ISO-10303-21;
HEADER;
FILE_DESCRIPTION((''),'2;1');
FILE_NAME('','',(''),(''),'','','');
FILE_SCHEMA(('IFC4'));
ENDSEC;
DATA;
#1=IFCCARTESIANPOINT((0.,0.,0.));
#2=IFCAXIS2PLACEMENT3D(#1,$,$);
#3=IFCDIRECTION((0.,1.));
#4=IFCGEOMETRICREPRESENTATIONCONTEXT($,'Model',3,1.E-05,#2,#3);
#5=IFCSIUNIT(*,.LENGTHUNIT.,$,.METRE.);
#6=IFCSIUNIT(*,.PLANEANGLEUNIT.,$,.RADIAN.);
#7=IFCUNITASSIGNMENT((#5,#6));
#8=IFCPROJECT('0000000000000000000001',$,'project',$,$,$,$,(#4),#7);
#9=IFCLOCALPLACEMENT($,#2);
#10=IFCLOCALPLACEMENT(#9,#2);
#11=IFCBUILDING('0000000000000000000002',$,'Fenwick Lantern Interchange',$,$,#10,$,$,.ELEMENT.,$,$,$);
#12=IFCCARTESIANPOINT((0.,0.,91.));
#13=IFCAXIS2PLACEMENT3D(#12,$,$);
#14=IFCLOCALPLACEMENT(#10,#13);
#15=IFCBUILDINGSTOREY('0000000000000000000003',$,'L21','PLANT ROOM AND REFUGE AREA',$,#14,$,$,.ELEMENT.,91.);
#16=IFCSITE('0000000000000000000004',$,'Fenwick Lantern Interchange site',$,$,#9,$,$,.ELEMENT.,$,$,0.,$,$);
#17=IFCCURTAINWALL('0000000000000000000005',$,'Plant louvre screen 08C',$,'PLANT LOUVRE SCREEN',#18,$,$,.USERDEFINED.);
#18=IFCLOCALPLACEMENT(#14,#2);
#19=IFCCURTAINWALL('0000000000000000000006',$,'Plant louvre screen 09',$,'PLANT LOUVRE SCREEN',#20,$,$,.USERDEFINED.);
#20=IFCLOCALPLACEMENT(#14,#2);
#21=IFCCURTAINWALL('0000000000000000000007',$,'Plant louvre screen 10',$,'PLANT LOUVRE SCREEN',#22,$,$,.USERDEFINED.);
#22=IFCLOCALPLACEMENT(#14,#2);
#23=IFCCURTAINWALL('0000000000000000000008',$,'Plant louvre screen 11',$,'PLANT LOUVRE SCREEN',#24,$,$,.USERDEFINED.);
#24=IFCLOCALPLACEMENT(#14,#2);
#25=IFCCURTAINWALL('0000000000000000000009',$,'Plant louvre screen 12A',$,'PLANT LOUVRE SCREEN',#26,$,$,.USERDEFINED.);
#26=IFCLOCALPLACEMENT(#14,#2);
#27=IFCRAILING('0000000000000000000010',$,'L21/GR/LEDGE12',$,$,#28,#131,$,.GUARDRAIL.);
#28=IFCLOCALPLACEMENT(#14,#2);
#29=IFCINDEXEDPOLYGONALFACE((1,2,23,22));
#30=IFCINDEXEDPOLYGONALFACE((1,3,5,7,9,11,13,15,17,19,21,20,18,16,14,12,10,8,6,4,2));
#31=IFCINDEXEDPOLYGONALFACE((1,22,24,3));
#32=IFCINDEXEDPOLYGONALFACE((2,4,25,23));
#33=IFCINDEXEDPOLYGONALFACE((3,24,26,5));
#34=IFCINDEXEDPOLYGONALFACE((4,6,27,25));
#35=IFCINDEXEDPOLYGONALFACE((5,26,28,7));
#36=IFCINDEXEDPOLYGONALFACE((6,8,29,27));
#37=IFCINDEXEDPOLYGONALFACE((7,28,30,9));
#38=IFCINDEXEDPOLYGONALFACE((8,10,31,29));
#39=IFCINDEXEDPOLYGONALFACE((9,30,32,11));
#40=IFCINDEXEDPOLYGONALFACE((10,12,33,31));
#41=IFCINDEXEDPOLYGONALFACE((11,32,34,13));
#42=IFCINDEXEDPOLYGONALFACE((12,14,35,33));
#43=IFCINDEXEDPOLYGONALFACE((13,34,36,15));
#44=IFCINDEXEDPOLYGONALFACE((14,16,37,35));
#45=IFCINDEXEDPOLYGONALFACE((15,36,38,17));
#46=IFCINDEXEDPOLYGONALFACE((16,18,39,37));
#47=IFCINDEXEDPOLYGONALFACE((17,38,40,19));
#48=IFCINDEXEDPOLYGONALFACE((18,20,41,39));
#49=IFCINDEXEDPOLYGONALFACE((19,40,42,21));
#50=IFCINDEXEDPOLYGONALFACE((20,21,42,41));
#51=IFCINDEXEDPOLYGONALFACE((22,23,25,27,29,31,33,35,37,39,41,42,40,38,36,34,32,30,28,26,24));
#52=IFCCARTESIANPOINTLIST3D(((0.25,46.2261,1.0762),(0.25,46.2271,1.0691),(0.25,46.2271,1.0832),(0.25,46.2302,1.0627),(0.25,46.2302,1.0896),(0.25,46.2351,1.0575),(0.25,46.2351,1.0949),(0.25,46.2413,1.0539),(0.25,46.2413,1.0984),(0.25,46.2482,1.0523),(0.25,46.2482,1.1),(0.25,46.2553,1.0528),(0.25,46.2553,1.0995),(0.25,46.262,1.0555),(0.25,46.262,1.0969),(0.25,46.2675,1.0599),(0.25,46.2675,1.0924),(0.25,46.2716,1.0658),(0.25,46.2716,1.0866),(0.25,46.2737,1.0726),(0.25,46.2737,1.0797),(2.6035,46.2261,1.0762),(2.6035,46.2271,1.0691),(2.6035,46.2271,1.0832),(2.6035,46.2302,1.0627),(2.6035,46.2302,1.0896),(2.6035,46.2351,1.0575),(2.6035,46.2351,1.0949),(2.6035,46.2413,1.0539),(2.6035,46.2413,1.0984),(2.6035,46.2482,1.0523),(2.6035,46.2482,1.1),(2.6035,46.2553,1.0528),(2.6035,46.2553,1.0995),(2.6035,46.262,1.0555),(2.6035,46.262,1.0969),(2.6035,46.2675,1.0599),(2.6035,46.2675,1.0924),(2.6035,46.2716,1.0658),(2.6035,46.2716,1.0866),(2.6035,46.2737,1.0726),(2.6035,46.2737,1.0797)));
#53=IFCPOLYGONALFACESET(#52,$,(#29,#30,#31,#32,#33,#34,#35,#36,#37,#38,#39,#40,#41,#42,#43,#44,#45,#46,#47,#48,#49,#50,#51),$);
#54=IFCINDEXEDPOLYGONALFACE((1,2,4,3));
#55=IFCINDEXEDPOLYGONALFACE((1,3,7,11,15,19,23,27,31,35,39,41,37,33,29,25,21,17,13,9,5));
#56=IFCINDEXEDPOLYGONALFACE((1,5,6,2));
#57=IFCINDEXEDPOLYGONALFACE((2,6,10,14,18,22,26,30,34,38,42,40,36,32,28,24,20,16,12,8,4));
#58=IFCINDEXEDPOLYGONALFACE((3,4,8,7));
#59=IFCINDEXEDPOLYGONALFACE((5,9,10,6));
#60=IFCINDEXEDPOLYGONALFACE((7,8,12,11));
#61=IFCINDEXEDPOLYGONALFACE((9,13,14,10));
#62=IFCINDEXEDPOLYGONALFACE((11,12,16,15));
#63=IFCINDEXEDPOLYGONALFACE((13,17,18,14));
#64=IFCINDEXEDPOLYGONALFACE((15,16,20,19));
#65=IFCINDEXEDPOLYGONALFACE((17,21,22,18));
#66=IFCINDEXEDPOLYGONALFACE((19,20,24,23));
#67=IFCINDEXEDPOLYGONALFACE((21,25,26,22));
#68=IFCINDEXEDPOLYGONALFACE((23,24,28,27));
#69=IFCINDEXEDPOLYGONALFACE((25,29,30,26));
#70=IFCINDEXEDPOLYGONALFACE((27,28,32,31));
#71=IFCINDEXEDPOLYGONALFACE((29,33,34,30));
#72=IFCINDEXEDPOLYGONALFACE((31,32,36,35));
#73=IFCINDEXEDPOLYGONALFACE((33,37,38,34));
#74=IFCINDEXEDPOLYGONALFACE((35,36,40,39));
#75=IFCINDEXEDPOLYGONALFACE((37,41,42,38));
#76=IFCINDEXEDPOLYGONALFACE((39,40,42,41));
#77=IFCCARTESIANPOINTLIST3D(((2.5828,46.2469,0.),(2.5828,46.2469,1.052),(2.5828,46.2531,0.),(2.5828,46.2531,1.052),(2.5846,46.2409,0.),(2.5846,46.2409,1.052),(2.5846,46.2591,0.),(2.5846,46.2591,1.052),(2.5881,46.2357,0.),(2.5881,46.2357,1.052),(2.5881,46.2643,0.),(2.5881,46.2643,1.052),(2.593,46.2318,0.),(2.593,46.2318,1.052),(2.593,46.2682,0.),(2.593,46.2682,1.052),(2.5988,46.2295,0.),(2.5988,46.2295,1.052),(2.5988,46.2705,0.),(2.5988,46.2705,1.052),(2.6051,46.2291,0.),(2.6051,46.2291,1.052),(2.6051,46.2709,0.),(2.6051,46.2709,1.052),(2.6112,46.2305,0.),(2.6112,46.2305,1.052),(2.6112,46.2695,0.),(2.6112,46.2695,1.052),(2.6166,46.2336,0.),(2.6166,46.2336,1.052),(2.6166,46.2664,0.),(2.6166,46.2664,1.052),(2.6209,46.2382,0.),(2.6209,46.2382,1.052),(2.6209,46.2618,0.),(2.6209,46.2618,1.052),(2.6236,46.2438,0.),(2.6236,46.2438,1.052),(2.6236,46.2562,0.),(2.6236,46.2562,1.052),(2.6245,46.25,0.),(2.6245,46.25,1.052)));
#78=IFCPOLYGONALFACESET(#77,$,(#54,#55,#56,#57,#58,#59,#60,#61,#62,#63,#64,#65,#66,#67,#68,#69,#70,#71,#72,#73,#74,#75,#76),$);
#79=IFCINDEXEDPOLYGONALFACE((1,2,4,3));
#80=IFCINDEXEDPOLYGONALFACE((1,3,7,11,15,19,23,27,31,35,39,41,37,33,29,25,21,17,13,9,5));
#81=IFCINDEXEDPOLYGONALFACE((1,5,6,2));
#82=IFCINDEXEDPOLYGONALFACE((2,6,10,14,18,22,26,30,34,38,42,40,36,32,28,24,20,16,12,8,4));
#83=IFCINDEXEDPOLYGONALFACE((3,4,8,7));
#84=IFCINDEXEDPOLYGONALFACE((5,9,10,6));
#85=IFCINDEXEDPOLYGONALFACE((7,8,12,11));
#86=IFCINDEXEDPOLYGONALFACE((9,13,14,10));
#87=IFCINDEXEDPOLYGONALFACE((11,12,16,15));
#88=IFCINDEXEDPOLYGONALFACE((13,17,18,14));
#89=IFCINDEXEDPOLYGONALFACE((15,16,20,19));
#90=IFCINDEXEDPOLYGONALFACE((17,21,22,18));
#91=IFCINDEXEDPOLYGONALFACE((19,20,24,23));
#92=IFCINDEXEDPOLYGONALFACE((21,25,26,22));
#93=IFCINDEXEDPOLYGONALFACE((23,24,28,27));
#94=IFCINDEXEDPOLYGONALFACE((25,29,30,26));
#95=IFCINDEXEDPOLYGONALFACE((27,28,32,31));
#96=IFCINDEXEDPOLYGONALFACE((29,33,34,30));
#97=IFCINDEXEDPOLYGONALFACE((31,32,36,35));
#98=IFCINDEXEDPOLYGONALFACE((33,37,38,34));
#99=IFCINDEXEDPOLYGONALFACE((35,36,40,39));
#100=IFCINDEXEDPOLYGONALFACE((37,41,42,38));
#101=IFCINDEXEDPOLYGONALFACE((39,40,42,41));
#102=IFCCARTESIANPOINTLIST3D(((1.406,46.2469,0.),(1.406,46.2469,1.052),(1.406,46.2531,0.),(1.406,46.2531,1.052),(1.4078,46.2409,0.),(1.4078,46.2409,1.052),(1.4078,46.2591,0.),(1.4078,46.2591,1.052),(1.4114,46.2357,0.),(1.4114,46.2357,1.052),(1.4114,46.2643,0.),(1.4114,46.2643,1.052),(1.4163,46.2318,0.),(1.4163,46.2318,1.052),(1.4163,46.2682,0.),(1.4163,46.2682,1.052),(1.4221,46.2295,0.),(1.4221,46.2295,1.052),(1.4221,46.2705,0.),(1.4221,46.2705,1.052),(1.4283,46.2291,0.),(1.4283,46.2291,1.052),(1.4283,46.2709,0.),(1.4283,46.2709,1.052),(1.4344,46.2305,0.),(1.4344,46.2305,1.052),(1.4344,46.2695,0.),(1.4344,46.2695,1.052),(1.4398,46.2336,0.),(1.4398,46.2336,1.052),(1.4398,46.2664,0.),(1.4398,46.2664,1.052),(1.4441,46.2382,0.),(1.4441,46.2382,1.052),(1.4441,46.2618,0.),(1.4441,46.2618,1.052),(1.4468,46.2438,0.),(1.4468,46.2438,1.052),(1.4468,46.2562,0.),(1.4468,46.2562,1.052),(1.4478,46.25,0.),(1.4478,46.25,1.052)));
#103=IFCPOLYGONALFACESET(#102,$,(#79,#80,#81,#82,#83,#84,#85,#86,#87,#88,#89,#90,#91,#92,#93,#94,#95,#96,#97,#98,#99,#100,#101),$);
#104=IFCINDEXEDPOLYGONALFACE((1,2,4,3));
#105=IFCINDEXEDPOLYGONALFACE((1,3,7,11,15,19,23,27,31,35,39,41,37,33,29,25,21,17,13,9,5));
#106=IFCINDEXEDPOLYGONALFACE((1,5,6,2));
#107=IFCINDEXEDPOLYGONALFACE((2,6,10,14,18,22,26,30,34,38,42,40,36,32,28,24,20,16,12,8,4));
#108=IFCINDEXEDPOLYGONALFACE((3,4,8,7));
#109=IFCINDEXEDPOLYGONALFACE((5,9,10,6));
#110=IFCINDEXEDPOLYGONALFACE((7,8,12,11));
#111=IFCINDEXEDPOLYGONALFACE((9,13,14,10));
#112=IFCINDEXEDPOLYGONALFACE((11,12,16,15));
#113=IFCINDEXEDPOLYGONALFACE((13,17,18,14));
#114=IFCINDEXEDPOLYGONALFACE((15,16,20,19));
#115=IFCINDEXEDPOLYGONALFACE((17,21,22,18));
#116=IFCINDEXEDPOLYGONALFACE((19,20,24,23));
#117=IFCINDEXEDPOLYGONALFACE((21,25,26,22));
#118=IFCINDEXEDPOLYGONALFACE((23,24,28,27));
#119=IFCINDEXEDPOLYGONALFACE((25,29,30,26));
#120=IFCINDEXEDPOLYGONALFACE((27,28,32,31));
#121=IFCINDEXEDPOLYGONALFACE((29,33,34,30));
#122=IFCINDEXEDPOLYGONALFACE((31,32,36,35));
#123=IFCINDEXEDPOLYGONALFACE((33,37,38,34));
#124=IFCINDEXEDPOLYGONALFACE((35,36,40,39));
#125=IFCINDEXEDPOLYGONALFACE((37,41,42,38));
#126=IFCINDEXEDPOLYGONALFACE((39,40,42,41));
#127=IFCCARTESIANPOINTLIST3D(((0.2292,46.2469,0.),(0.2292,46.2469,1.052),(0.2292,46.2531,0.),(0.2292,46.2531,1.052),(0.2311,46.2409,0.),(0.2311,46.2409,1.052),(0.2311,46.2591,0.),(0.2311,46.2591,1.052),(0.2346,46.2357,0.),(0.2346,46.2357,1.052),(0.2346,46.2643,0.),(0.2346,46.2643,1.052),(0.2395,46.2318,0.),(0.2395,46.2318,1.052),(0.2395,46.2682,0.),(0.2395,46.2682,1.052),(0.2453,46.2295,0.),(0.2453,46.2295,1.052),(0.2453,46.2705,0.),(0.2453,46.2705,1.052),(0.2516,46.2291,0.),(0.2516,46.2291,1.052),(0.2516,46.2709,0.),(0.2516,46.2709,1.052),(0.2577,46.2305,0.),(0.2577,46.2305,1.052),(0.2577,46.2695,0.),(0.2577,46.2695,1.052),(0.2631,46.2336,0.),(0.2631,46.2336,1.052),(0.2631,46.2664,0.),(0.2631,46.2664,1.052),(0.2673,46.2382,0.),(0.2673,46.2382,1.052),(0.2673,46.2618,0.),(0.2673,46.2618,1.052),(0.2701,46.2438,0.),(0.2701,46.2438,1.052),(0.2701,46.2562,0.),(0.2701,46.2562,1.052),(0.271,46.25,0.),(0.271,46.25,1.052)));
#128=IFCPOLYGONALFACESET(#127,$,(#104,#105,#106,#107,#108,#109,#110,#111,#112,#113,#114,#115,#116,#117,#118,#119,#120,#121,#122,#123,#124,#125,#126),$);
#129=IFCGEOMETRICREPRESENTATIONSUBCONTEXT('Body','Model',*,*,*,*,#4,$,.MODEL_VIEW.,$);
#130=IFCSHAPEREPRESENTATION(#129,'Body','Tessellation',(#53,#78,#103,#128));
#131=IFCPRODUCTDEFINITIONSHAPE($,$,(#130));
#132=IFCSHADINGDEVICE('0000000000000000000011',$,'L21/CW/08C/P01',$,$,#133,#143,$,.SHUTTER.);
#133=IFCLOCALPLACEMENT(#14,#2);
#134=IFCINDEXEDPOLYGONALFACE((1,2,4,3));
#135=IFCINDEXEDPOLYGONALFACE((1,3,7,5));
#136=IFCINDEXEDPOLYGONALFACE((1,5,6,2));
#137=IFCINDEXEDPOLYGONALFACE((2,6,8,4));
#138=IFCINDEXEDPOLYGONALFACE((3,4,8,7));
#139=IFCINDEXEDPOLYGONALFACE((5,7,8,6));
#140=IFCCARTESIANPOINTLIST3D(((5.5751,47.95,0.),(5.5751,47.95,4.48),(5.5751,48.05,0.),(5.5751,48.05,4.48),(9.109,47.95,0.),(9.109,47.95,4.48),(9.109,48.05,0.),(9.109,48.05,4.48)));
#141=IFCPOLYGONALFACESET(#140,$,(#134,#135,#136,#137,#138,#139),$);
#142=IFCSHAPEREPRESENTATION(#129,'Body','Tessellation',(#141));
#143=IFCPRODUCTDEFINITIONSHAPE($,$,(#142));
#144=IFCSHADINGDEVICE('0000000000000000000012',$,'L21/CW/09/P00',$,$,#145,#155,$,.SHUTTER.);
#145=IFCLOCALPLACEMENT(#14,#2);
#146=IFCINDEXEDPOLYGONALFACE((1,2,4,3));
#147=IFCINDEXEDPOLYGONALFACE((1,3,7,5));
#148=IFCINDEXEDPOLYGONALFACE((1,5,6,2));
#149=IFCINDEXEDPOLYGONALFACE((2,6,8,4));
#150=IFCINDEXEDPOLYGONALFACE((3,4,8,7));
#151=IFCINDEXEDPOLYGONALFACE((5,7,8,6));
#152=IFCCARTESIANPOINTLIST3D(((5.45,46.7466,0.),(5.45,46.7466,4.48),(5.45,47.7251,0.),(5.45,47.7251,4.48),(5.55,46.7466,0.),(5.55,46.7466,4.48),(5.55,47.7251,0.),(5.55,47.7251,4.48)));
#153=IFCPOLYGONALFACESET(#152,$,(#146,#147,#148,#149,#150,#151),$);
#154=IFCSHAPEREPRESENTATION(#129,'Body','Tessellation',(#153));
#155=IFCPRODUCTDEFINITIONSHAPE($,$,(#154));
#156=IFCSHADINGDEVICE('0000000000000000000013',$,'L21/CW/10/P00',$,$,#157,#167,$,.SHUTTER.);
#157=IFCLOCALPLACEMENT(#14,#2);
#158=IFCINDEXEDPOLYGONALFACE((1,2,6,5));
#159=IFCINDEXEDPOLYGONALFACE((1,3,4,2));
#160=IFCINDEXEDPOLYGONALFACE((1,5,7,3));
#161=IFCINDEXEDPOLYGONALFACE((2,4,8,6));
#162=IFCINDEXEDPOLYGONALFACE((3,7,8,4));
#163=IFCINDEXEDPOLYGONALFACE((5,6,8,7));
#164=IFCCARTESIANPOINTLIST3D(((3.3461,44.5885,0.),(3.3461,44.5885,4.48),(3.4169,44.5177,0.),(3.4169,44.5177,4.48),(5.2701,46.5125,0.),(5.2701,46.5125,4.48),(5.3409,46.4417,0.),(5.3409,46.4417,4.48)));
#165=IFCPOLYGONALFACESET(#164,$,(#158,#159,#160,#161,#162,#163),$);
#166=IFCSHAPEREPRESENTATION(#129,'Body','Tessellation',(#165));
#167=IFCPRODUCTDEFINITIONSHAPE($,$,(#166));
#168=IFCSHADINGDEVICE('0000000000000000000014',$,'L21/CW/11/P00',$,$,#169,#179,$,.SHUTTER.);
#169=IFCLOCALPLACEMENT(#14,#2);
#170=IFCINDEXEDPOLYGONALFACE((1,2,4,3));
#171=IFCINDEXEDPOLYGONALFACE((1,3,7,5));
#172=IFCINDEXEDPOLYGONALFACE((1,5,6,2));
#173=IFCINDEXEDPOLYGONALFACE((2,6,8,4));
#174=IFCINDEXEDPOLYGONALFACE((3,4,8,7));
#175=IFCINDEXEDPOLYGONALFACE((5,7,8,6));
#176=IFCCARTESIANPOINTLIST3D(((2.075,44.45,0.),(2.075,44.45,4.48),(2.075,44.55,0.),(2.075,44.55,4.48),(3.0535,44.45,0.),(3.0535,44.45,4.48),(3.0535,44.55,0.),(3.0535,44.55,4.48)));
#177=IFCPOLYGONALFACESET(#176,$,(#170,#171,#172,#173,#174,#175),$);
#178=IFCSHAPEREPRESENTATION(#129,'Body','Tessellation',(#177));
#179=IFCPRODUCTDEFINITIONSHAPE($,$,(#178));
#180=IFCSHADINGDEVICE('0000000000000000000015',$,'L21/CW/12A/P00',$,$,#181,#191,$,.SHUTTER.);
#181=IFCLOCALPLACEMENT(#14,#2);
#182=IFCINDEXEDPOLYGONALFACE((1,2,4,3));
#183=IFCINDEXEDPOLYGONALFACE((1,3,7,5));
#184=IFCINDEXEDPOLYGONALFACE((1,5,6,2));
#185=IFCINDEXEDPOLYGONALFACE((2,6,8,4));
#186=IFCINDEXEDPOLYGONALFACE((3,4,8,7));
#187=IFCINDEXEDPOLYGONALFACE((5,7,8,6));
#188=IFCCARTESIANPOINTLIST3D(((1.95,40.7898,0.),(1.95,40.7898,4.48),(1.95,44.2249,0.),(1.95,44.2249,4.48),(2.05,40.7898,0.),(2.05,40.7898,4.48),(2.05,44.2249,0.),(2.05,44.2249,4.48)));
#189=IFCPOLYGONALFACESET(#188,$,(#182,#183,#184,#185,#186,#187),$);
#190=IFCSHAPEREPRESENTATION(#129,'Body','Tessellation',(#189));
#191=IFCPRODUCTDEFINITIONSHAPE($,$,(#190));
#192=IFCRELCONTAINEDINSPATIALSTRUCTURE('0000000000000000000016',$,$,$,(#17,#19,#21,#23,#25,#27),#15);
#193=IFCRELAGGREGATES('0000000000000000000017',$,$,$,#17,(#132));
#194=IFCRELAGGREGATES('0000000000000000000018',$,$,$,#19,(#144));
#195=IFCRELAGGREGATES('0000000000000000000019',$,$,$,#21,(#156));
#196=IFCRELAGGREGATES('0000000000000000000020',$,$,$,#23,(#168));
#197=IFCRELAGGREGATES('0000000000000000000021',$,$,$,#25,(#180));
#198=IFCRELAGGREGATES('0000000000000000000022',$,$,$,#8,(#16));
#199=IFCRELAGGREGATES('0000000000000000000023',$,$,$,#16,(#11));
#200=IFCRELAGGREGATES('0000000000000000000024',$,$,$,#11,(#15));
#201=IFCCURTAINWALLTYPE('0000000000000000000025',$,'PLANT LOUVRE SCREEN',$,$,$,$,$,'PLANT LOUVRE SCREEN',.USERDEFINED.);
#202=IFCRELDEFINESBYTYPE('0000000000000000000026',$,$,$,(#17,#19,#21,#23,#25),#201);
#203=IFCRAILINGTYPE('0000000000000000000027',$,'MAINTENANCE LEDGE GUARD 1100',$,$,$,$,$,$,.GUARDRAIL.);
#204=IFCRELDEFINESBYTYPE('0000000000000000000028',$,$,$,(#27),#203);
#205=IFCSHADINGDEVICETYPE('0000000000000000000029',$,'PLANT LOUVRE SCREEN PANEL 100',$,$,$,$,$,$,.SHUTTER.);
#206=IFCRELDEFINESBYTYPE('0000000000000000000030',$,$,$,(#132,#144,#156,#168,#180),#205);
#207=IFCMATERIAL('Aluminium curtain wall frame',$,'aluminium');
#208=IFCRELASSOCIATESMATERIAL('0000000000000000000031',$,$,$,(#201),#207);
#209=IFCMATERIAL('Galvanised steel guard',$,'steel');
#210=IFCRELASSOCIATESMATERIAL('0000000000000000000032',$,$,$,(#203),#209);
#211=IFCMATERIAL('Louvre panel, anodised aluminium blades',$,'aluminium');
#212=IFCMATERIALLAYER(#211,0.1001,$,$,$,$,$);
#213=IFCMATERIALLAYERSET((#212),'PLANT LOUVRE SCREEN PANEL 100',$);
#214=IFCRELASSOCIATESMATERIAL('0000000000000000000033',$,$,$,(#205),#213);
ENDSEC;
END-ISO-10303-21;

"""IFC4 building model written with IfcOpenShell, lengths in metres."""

from ifc_helpers import new_model, si_unit, direction, frame, origin, origin_2d, place, context, subcontext, project, spatial, rectangle, circle, extrude, material, layer, layer_set, type_object, element, aggregate, save


model = new_model("IFC4")

# Units and contexts
model_context = context("Model", 3, precision=1e-05, world=origin(), true_north=direction((0.0, 1.0)))
body_context = subcontext(model_context, "Body", "Model", "MODEL_VIEW")
ifc_project = project(units=[si_unit("LENGTHUNIT", "METRE"), si_unit("PLANEANGLEUNIT", "RADIAN")], contexts=[model_context])

# Site, building, storey
site_placement = place(None, origin())
site = spatial("IfcSite", under=ifc_project, at=site_placement, Name="Fenwick Lantern Interchange site", CompositionType="ELEMENT", RefElevation=0.0)
building_placement = place(site_placement, origin())
building = spatial("IfcBuilding", under=site, at=building_placement, Name="Fenwick Lantern Interchange", CompositionType="ELEMENT")
storey_placement = place(building_placement, frame((0.0, 0.0, 91.0)))
storey = spatial("IfcBuildingStorey", under=building, at=storey_placement, Name="L21", Description="PLANT ROOM AND REFUGE AREA", CompositionType="ELEMENT", Elevation=91.0)

# Curtain wall
ifc_material_1 = material(Name="Aluminium curtain wall frame", Category="aluminium")
curtain_wall_type = type_object("IfcCurtainWallType", Name="PLANT LOUVRE SCREEN", ElementType="PLANT LOUVRE SCREEN", PredefinedType="USERDEFINED", material=ifc_material_1)
curtain_wall_1_placement = place(storey_placement, origin())
curtain_wall_1 = element("IfcCurtainWall", 1, at=curtain_wall_1_placement, inside=storey, type_object=curtain_wall_type, Name="Plant louvre screen 08C", ObjectType="PLANT LOUVRE SCREEN", PredefinedType="USERDEFINED")

# Curtain walls
curtain_wall_2_placement = place(storey_placement, origin())
curtain_wall_2 = element("IfcCurtainWall", 2, at=curtain_wall_2_placement, inside=storey, type_object=curtain_wall_type, Name="Plant louvre screen 09", ObjectType="PLANT LOUVRE SCREEN", PredefinedType="USERDEFINED")
curtain_wall_3_placement = place(storey_placement, origin())
curtain_wall_3 = element("IfcCurtainWall", 3, at=curtain_wall_3_placement, inside=storey, type_object=curtain_wall_type, Name="Plant louvre screen 10", ObjectType="PLANT LOUVRE SCREEN", PredefinedType="USERDEFINED")
curtain_wall_4_placement = place(storey_placement, origin())
curtain_wall_4 = element("IfcCurtainWall", 4, at=curtain_wall_4_placement, inside=storey, type_object=curtain_wall_type, Name="Plant louvre screen 11", ObjectType="PLANT LOUVRE SCREEN", PredefinedType="USERDEFINED")

# Curtain wall
curtain_wall_5_placement = place(storey_placement, origin())
curtain_wall_5 = element("IfcCurtainWall", 5, at=curtain_wall_5_placement, inside=storey, type_object=curtain_wall_type, Name="Plant louvre screen 12A", ObjectType="PLANT LOUVRE SCREEN", PredefinedType="USERDEFINED")

# Railing
ifc_material_2 = material(Name="Galvanised steel guard", Category="steel")
railing_type = type_object("IfcRailingType", Name="MAINTENANCE LEDGE GUARD 1100", PredefinedType="GUARDRAIL", material=ifc_material_2)
railing_1_placement = place(storey_placement, frame((2.6035, 46.25, 0.0)))
element("IfcRailing", 6, at=railing_1_placement, inside=storey, type_object=railing_type, Name="L21/GR/LEDGE12", PredefinedType="GUARDRAIL", context=body_context, shape_type="SweptSolid", body=[
    extrude(circle(Radius=0.0239, at=origin_2d()), frame((0.0, 0.0, 1.0762), z_axis=(-1.0, 0.0, 0.0), x_axis=(0.0, -1.0, 0.0)), (0.0, 0.0, 1.0), 2.3535),
    extrude(circle(Radius=0.021, at=origin_2d()), origin(), (0.0, 0.0, 1.0), 1.052),
    extrude(circle(Radius=0.021, at=origin_2d()), frame((-1.1768, 0.0, 0.0)), (0.0, 0.0, 1.0), 1.052),
    extrude(circle(Radius=0.021, at=origin_2d()), frame((-2.3535, 0.0, 0.0)), (0.0, 0.0, 1.0), 1.052),
])

# Shading devices
ifc_material_3 = material(Name="Louvre panel, anodised aluminium blades", Category="aluminium")
ifc_layer = layer(ifc_material_3, 0.1001)
ifc_layer_set = layer_set([ifc_layer], Name="PLANT LOUVRE SCREEN PANEL 100")
shading_device_type = type_object("IfcShadingDeviceType", Name="PLANT LOUVRE SCREEN PANEL 100", PredefinedType="SHUTTER", material=ifc_layer_set)
shading_device_1_placement = place(storey_placement, frame((7.342, 48.0, 0.0), z_axis=(0.0, 0.0, 1.0), x_axis=(-1.0, 0.0, 0.0)))
shading_device_1 = element("IfcShadingDevice", 7, at=shading_device_1_placement, type_object=shading_device_type, Name="L21/CW/08C/P01", PredefinedType="SHUTTER", context=body_context, shape_type="SweptSolid", body=[
    extrude(rectangle(XDim=3.5339, YDim=0.1001, at=origin_2d()), origin(), (0.0, 0.0, 1.0), 4.48),
])
aggregate(curtain_wall_1, [shading_device_1])
shading_device_2_placement = place(storey_placement, frame((5.5, 47.2358, 0.0), z_axis=(0.0, 0.0, 1.0), x_axis=(0.0, -1.0, 0.0)))
shading_device_2 = element("IfcShadingDevice", 8, at=shading_device_2_placement, type_object=shading_device_type, Name="L21/CW/09/P00", PredefinedType="SHUTTER", context=body_context, shape_type="SweptSolid", body=[
    extrude(rectangle(XDim=0.9785, YDim=0.1001, at=origin_2d()), origin(), (0.0, 0.0, 1.0), 4.48),
])
aggregate(curtain_wall_2, [shading_device_2])
shading_device_3_placement = place(storey_placement, frame((4.3435, 45.5151, 0.0), z_axis=(0.0, 0.0, 1.0), x_axis=(-0.707107, -0.707107, 0.0)))
shading_device_3 = element("IfcShadingDevice", 9, at=shading_device_3_placement, type_object=shading_device_type, Name="L21/CW/10/P00", PredefinedType="SHUTTER", context=body_context, shape_type="SweptSolid", body=[
    extrude(rectangle(XDim=2.7209, YDim=0.1001, at=origin_2d()), origin(), (0.0, 0.0, 1.0), 4.48),
])
aggregate(curtain_wall_3, [shading_device_3])
shading_device_4_placement = place(storey_placement, frame((2.5642, 44.5, 0.0), z_axis=(0.0, 0.0, 1.0), x_axis=(-1.0, 0.0, 0.0)))
shading_device_4 = element("IfcShadingDevice", 10, at=shading_device_4_placement, type_object=shading_device_type, Name="L21/CW/11/P00", PredefinedType="SHUTTER", context=body_context, shape_type="SweptSolid", body=[
    extrude(rectangle(XDim=0.9785, YDim=0.1001, at=origin_2d()), origin(), (0.0, 0.0, 1.0), 4.48),
])
aggregate(curtain_wall_4, [shading_device_4])
shading_device_5_placement = place(storey_placement, frame((2.0, 42.5073, 0.0), z_axis=(0.0, 0.0, 1.0), x_axis=(0.0, -1.0, 0.0)))
shading_device_5 = element("IfcShadingDevice", 11, at=shading_device_5_placement, type_object=shading_device_type, Name="L21/CW/12A/P00", PredefinedType="SHUTTER", context=body_context, shape_type="SweptSolid", body=[
    extrude(rectangle(XDim=3.4351, YDim=0.1001, at=origin_2d()), origin(), (0.0, 0.0, 1.0), 4.48),
])
aggregate(curtain_wall_5, [shading_device_5])

save(model, "model.ifc")
